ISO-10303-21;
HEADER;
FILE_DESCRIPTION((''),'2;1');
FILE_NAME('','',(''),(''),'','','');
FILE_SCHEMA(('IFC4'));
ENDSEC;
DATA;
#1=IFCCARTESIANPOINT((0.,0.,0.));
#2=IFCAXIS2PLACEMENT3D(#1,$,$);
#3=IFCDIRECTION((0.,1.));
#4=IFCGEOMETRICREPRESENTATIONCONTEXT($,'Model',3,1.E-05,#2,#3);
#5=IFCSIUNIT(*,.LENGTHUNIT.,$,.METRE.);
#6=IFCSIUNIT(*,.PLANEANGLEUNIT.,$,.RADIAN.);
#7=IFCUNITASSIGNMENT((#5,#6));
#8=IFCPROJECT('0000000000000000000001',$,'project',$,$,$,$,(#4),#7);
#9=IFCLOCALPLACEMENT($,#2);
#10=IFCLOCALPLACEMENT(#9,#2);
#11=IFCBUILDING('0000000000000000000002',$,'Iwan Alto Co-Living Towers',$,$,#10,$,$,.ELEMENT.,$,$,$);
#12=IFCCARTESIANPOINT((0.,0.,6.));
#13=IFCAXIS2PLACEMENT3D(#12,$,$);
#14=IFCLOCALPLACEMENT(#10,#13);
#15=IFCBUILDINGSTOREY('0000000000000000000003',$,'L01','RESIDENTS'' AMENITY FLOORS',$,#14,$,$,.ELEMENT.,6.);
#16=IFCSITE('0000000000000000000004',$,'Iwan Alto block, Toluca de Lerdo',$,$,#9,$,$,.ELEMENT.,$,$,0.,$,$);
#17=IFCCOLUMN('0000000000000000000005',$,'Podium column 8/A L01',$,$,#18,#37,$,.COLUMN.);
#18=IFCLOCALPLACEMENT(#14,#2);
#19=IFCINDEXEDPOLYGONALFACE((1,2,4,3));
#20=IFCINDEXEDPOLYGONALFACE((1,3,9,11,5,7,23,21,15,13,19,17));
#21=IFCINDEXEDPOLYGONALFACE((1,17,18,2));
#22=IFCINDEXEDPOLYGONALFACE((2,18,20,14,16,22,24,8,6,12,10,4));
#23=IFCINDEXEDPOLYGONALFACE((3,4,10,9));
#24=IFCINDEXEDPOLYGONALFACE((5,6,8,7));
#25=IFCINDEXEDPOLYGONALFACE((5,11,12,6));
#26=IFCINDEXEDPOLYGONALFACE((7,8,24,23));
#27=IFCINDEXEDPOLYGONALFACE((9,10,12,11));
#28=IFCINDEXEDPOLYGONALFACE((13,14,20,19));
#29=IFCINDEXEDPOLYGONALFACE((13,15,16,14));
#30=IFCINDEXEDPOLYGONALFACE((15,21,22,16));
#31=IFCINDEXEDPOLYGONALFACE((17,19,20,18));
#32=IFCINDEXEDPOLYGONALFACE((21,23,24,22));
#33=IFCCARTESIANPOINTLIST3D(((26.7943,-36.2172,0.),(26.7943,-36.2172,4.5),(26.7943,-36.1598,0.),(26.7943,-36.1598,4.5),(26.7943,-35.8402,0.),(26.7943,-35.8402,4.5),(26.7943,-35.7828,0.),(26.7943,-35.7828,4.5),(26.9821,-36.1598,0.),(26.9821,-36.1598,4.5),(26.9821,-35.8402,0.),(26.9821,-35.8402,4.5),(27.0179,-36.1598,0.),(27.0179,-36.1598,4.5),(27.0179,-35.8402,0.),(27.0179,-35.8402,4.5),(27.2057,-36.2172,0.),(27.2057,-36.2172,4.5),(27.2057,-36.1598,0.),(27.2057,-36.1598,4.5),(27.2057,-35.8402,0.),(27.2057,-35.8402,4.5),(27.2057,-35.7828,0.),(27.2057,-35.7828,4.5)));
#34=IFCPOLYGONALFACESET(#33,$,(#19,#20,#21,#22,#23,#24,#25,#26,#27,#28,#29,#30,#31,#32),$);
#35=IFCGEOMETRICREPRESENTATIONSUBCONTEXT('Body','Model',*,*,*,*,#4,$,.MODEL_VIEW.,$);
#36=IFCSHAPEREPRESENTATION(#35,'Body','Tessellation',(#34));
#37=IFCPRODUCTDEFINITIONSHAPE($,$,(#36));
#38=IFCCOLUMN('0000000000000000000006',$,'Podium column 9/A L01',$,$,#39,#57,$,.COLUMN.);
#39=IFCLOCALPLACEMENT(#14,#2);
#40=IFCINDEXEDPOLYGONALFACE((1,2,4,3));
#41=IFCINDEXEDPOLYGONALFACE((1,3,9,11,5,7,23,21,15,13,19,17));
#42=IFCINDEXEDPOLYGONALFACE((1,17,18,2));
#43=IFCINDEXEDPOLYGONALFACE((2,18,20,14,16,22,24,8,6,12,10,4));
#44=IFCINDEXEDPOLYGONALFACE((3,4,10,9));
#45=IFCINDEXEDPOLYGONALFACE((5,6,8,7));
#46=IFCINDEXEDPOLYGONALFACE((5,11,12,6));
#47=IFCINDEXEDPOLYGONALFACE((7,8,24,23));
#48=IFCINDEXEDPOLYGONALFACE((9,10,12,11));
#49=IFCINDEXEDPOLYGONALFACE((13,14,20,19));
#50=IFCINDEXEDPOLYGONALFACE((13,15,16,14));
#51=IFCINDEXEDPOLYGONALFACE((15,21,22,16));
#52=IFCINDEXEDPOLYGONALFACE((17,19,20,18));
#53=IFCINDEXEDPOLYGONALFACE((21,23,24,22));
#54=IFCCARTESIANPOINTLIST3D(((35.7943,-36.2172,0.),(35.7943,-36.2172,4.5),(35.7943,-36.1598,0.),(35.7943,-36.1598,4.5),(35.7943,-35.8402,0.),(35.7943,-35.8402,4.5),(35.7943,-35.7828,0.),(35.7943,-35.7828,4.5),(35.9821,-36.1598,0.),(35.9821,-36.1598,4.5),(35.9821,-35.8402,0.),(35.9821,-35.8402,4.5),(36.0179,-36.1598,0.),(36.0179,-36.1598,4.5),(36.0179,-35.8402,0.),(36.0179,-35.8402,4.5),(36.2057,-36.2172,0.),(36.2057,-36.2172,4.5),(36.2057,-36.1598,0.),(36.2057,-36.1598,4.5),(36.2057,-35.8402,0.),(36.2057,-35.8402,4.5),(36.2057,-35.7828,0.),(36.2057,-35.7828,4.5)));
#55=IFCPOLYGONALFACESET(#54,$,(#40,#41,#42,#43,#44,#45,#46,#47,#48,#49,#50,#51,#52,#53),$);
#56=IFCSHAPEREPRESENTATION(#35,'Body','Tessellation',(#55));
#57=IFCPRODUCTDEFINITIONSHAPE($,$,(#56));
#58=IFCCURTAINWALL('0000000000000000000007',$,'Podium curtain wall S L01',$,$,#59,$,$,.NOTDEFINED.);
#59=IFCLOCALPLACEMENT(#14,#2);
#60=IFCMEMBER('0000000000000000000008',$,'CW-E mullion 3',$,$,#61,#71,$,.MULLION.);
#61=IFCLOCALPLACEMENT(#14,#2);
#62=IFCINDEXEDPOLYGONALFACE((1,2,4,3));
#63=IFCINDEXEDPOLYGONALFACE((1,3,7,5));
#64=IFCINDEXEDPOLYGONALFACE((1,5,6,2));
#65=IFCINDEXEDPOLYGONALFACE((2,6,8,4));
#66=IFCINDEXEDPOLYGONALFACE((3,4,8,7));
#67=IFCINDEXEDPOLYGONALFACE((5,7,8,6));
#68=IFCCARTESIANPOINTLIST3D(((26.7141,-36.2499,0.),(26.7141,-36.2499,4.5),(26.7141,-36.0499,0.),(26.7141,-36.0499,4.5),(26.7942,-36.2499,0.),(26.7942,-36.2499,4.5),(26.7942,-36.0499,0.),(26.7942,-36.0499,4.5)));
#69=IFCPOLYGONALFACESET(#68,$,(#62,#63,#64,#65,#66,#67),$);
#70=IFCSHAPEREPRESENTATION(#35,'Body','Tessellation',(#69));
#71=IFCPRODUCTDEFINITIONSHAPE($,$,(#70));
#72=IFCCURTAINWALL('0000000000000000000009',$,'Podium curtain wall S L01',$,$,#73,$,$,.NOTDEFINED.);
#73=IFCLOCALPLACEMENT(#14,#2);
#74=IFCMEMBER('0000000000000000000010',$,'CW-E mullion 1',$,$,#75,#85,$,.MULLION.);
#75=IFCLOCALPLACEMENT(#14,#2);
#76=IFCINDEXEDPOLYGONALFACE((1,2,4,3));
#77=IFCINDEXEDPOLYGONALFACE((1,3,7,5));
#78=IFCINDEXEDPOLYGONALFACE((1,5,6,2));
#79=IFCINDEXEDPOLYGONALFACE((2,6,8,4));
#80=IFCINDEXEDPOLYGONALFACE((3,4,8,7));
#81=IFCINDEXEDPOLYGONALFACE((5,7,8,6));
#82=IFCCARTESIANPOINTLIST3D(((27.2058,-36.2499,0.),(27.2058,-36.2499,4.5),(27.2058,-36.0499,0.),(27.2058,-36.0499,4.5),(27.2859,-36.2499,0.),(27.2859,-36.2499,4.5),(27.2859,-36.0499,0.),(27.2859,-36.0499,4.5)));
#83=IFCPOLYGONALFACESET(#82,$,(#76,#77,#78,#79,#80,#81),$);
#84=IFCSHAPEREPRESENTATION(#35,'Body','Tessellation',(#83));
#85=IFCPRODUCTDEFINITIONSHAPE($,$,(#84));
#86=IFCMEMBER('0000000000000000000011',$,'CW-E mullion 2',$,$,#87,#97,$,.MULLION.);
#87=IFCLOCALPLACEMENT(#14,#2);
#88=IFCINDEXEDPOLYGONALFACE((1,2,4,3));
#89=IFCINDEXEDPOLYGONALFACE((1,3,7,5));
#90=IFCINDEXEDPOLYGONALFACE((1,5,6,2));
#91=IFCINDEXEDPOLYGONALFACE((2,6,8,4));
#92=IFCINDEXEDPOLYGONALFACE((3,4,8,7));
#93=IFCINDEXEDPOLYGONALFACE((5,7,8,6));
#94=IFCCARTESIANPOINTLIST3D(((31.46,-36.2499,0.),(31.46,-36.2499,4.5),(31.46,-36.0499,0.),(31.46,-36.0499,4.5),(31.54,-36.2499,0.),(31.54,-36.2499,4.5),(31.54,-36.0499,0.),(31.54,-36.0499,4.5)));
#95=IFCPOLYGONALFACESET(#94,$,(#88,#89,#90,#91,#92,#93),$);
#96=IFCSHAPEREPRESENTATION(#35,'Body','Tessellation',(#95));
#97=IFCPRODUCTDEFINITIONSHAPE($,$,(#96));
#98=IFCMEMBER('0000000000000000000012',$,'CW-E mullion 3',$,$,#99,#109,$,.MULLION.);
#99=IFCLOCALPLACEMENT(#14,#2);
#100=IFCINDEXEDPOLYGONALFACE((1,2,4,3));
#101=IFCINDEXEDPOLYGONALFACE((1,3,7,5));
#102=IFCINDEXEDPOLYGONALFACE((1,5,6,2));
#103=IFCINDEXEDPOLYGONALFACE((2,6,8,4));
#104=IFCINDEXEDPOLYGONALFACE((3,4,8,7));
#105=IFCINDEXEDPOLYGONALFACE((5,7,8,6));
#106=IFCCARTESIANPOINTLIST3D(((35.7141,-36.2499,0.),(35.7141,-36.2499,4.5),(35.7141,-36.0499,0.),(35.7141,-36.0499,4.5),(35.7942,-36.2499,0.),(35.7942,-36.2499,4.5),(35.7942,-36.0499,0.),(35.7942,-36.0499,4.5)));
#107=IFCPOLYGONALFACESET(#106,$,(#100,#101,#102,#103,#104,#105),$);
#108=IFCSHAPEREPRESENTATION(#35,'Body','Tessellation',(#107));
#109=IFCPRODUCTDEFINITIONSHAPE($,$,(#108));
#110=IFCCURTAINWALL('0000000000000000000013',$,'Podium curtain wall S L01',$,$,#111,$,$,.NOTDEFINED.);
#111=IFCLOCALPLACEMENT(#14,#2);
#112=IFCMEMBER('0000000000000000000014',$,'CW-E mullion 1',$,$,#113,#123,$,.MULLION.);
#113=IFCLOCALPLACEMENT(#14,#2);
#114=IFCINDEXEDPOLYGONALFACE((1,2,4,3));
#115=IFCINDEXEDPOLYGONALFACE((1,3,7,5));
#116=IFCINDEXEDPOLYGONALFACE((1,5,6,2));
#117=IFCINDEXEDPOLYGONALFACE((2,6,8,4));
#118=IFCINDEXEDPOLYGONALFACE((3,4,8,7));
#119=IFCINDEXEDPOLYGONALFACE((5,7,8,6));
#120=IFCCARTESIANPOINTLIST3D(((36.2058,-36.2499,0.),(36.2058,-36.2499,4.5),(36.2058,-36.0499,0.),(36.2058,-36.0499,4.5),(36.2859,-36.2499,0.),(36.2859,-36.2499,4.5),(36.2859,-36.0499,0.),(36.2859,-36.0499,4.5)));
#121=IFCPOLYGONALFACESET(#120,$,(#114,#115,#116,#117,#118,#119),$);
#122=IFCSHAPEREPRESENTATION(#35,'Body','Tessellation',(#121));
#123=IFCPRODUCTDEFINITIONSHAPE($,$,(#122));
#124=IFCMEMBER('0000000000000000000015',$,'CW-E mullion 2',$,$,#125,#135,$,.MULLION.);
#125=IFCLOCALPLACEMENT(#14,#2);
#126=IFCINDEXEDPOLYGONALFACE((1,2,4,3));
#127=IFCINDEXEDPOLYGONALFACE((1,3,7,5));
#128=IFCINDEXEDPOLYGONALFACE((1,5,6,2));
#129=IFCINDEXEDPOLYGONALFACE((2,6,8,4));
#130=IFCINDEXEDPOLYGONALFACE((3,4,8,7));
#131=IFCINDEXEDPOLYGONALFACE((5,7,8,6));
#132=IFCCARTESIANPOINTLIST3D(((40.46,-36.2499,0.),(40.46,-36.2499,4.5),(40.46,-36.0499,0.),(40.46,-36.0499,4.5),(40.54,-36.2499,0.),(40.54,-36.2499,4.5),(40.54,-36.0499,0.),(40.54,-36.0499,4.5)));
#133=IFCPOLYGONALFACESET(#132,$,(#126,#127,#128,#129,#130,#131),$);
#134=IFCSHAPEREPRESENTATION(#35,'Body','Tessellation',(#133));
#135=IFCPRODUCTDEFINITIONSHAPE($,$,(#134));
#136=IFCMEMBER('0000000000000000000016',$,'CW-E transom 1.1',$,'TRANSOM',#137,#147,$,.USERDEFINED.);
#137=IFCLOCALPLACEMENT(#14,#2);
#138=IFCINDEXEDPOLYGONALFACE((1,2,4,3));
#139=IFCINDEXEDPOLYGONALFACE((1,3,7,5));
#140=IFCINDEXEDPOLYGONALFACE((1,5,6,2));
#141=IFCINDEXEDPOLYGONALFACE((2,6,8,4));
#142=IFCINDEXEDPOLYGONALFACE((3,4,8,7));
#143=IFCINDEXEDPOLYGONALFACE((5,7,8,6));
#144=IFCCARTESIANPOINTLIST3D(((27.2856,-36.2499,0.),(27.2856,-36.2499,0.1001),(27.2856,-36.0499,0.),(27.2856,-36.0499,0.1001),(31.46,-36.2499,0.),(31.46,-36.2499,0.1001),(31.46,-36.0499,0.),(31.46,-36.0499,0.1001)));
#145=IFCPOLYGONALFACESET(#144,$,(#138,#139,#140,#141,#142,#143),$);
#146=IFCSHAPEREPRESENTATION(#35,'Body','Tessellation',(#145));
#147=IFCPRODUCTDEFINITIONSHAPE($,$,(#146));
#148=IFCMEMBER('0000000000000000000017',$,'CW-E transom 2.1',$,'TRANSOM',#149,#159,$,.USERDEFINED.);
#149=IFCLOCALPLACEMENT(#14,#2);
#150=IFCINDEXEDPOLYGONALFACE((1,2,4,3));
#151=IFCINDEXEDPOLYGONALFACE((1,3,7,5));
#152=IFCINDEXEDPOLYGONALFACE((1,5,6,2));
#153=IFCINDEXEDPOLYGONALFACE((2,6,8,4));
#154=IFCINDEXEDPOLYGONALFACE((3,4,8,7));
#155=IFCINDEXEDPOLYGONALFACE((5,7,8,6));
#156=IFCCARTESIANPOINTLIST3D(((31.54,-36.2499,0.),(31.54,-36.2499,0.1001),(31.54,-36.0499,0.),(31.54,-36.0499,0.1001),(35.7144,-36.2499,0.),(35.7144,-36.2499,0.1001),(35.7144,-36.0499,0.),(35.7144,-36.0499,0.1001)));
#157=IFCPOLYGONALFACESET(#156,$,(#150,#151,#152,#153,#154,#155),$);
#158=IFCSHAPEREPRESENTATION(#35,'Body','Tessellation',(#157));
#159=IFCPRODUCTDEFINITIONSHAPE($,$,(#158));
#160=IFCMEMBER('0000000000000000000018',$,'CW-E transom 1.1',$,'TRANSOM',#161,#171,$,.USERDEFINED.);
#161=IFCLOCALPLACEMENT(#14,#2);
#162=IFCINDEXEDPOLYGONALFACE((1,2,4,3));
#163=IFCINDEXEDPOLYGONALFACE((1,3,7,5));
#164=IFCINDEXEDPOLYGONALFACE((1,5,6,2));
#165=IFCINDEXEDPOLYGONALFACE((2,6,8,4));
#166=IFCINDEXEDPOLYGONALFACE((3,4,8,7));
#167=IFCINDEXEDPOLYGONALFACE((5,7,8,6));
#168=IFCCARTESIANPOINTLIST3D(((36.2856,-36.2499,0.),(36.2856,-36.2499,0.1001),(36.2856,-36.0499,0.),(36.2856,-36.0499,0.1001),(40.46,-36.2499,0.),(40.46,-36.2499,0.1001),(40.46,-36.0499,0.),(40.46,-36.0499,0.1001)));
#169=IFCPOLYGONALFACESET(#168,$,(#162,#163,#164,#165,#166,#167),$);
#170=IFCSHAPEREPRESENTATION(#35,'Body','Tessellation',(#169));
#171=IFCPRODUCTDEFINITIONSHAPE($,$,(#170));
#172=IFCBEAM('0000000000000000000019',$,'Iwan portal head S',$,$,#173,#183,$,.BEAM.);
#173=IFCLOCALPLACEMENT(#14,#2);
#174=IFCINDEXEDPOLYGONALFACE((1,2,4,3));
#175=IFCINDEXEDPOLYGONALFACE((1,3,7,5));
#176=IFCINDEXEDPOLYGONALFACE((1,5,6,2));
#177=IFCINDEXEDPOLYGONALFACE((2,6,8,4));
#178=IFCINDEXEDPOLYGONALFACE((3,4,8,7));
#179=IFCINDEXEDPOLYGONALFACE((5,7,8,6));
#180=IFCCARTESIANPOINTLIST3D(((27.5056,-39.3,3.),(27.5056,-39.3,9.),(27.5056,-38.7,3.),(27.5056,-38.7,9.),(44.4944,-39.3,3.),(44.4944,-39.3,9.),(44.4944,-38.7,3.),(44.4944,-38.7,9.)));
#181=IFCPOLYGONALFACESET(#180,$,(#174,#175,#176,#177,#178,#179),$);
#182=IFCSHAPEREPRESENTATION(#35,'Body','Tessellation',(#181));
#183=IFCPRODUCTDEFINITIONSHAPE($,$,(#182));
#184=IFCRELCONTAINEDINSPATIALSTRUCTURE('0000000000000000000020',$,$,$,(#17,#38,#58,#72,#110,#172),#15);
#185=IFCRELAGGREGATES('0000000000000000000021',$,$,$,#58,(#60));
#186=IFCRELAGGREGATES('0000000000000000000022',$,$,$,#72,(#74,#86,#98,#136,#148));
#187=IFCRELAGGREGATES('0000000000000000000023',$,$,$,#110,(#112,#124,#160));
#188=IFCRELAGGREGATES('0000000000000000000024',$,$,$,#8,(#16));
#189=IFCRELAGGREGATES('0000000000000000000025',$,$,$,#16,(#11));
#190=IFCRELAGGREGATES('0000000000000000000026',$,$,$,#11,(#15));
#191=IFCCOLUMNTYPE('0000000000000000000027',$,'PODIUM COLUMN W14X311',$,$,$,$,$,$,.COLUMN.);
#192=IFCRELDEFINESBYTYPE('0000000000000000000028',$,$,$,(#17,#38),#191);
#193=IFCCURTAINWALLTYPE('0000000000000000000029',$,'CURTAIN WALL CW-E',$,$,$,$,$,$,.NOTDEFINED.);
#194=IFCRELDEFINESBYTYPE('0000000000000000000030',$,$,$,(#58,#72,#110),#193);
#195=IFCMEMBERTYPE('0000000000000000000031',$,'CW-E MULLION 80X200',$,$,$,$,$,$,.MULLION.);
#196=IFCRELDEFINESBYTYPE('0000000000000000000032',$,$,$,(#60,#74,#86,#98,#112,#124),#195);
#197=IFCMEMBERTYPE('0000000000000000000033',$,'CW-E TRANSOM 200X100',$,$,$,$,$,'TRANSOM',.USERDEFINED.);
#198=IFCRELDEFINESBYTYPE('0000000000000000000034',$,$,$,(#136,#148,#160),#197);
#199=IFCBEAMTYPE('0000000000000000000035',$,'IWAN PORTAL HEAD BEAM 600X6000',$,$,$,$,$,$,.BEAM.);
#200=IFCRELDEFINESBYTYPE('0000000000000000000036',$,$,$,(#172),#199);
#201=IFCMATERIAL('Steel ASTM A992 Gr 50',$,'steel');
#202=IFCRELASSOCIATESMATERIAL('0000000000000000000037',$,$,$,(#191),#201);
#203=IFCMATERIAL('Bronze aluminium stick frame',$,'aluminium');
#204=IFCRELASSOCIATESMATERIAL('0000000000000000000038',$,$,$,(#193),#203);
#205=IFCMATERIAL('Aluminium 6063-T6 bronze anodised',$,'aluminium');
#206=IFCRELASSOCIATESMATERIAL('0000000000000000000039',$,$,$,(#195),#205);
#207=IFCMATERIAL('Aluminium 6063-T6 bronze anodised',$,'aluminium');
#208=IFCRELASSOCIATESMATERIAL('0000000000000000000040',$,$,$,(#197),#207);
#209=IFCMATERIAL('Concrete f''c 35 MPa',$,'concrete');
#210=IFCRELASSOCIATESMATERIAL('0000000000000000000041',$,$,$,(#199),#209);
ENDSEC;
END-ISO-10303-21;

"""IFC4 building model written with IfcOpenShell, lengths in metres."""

from ifc_helpers import new_model, si_unit, direction, frame, origin, origin_2d, place, context, subcontext, project, spatial, rectangle, i_section, extrude, material, material_profile, profile_set, type_object, element, aggregate, save


model = new_model("IFC4")

# Units and contexts
model_context = context("Model", 3, precision=1e-05, world=origin(), true_north=direction((0.0, 1.0)))
body_context = subcontext(model_context, "Body", "Model", "MODEL_VIEW")
ifc_project = project(units=[si_unit("LENGTHUNIT", "METRE"), si_unit("PLANEANGLEUNIT", "RADIAN")], contexts=[model_context])

# Site, building, storey
site_placement = place(None, origin())
site = spatial("IfcSite", under=ifc_project, at=site_placement, Name="Iwan Alto block, Toluca de Lerdo", CompositionType="ELEMENT", RefElevation=0.0)
building_placement = place(site_placement, origin())
building = spatial("IfcBuilding", under=site, at=building_placement, Name="Iwan Alto Co-Living Towers", CompositionType="ELEMENT")
storey_placement = place(building_placement, frame((0.0, 0.0, 6.0)))
storey = spatial("IfcBuildingStorey", under=building, at=storey_placement, Name="L01", Description="RESIDENTS' AMENITY FLOORS", CompositionType="ELEMENT", Elevation=6.0)

# Columns
ifc_material_1 = material(Name="Steel ASTM A992 Gr 50", Category="steel")
ifc_material_profile_1 = material_profile(ifc_material_1, i_section(OverallWidth=0.4114, OverallDepth=0.4343, WebThickness=0.0359, FlangeThickness=0.0574, at=origin_2d()), Name="W14X311")
ifc_profile_set_1 = profile_set([ifc_material_profile_1], Name="Steel ASTM A992 Gr 50")
column_type = type_object("IfcColumnType", Name="PODIUM COLUMN W14X311", PredefinedType="COLUMN", material=ifc_profile_set_1)
for number, where, z_axis, x_axis, name in (
    (1, (27.0, -36.0, 0.0), (0.0, 0.0, 1.0), (1.0, 0.0, 0.0), "Podium column 8/A L01"),
    (2, (36.0, -36.0, 0.0), (0.0, 0.0, 1.0), (1.0, 0.0, 0.0), "Podium column 9/A L01"),
):
    element("IfcColumn", number, at=place(storey_placement, frame(where, z_axis=z_axis, x_axis=x_axis)), inside=storey, type_object=column_type, Name=name, PredefinedType="COLUMN", context=body_context, shape_type="SweptSolid", body=[
        extrude(i_section(OverallWidth=0.4114, OverallDepth=0.4343, WebThickness=0.0359, FlangeThickness=0.0574, at=origin_2d()), origin(), (0.0, 0.0, 1.0), 4.5),
    ])

# Curtain wall, member
ifc_material_2 = material(Name="Bronze aluminium stick frame", Category="aluminium")
curtain_wall_type = type_object("IfcCurtainWallType", Name="CURTAIN WALL CW-E", PredefinedType="NOTDEFINED", material=ifc_material_2)
curtain_wall_1_placement = place(storey_placement, origin())
curtain_wall_1 = element("IfcCurtainWall", 3, at=curtain_wall_1_placement, inside=storey, type_object=curtain_wall_type, Name="Podium curtain wall S L01", PredefinedType="NOTDEFINED")
ifc_material_3 = material(Name="Aluminium 6063-T6 bronze anodised", Category="aluminium")
ifc_material_profile_2 = material_profile(ifc_material_3, rectangle(XDim=0.2, YDim=0.0801, at=origin_2d()), Name="AL 80X200")
ifc_profile_set_2 = profile_set([ifc_material_profile_2], Name="Aluminium 6063-T6 bronze anodised")
member_type_1 = type_object("IfcMemberType", Name="CW-E MULLION 80X200", PredefinedType="MULLION", material=ifc_profile_set_2)
member_1_placement = place(storey_placement, frame((26.7542, -36.1499, 0.0), z_axis=(0.0, 0.0, 1.0), x_axis=(0.0, 1.0, 0.0)))
member_1 = element("IfcMember", 4, at=member_1_placement, type_object=member_type_1, Name="CW-E mullion 3", PredefinedType="MULLION", context=body_context, shape_type="SweptSolid", body=[
    extrude(rectangle(XDim=0.2, YDim=0.0801, at=origin_2d()), origin(), (0.0, 0.0, 1.0), 4.5),
])

# Curtain walls, members
curtain_wall_2_placement = place(storey_placement, origin())
curtain_wall_2 = element("IfcCurtainWall", 5, at=curtain_wall_2_placement, inside=storey, type_object=curtain_wall_type, Name="Podium curtain wall S L01", PredefinedType="NOTDEFINED")
member_2_placement = place(storey_placement, frame((27.2458, -36.1499, 0.0), z_axis=(0.0, 0.0, 1.0), x_axis=(0.0, 1.0, 0.0)))
member_2 = element("IfcMember", 6, at=member_2_placement, type_object=member_type_1, Name="CW-E mullion 1", PredefinedType="MULLION", context=body_context, shape_type="SweptSolid", body=[
    extrude(rectangle(XDim=0.2, YDim=0.0801, at=origin_2d()), origin(), (0.0, 0.0, 1.0), 4.5),
])
member_3_placement = place(storey_placement, frame((31.5, -36.1499, 0.0), z_axis=(0.0, 0.0, 1.0), x_axis=(0.0, 1.0, 0.0)))
member_3 = element("IfcMember", 7, at=member_3_placement, type_object=member_type_1, Name="CW-E mullion 2", PredefinedType="MULLION", context=body_context, shape_type="SweptSolid", body=[
    extrude(rectangle(XDim=0.2, YDim=0.0801, at=origin_2d()), origin(), (0.0, 0.0, 1.0), 4.5),
])
member_4_placement = place(storey_placement, frame((35.7542, -36.1499, 0.0), z_axis=(0.0, 0.0, 1.0), x_axis=(0.0, 1.0, 0.0)))
member_4 = element("IfcMember", 8, at=member_4_placement, type_object=member_type_1, Name="CW-E mullion 3", PredefinedType="MULLION", context=body_context, shape_type="SweptSolid", body=[
    extrude(rectangle(XDim=0.2, YDim=0.0801, at=origin_2d()), origin(), (0.0, 0.0, 1.0), 4.5),
])
curtain_wall_3_placement = place(storey_placement, origin())
curtain_wall_3 = element("IfcCurtainWall", 9, at=curtain_wall_3_placement, inside=storey, type_object=curtain_wall_type, Name="Podium curtain wall S L01", PredefinedType="NOTDEFINED")
member_5_placement = place(storey_placement, frame((36.2458, -36.1499, 0.0), z_axis=(0.0, 0.0, 1.0), x_axis=(0.0, 1.0, 0.0)))
member_5 = element("IfcMember", 10, at=member_5_placement, type_object=member_type_1, Name="CW-E mullion 1", PredefinedType="MULLION", context=body_context, shape_type="SweptSolid", body=[
    extrude(rectangle(XDim=0.2, YDim=0.0801, at=origin_2d()), origin(), (0.0, 0.0, 1.0), 4.5),
])
member_6_placement = place(storey_placement, frame((40.5, -36.1499, 0.0), z_axis=(0.0, 0.0, 1.0), x_axis=(0.0, 1.0, 0.0)))
member_6 = element("IfcMember", 11, at=member_6_placement, type_object=member_type_1, Name="CW-E mullion 2", PredefinedType="MULLION", context=body_context, shape_type="SweptSolid", body=[
    extrude(rectangle(XDim=0.2, YDim=0.0801, at=origin_2d()), origin(), (0.0, 0.0, 1.0), 4.5),
])

# Members
ifc_material_4 = material(Name="Aluminium 6063-T6 bronze anodised", Category="aluminium")
ifc_material_profile_3 = material_profile(ifc_material_4, rectangle(XDim=0.2, YDim=0.1001, at=origin_2d()), Name="AL 200X100")
ifc_profile_set_3 = profile_set([ifc_material_profile_3], Name="Aluminium 6063-T6 bronze anodised")
member_type_2 = type_object("IfcMemberType", Name="CW-E TRANSOM 200X100", ElementType="TRANSOM", PredefinedType="USERDEFINED", material=ifc_profile_set_3)
member_7_placement = place(storey_placement, frame((27.2856, -36.1499, 0.05), z_axis=(1.0, 0.0, 0.0), x_axis=(0.0, 1.0, 0.0)))
member_7 = element("IfcMember", 12, at=member_7_placement, type_object=member_type_2, Name="CW-E transom 1.1", ObjectType="TRANSOM", PredefinedType="USERDEFINED", context=body_context, shape_type="SweptSolid", body=[
    extrude(rectangle(XDim=0.2, YDim=0.1001, at=origin_2d()), origin(), (0.0, 0.0, 1.0), 4.1743),
])
member_8_placement = place(storey_placement, frame((31.54, -36.1499, 0.05), z_axis=(1.0, 0.0, 0.0), x_axis=(0.0, 1.0, 0.0)))
member_8 = element("IfcMember", 13, at=member_8_placement, type_object=member_type_2, Name="CW-E transom 2.1", ObjectType="TRANSOM", PredefinedType="USERDEFINED", context=body_context, shape_type="SweptSolid", body=[
    extrude(rectangle(XDim=0.2, YDim=0.1001, at=origin_2d()), origin(), (0.0, 0.0, 1.0), 4.1743),
])
member_9_placement = place(storey_placement, frame((36.2856, -36.1499, 0.05), z_axis=(1.0, 0.0, 0.0), x_axis=(0.0, 1.0, 0.0)))
member_9 = element("IfcMember", 14, at=member_9_placement, type_object=member_type_2, Name="CW-E transom 1.1", ObjectType="TRANSOM", PredefinedType="USERDEFINED", context=body_context, shape_type="SweptSolid", body=[
    extrude(rectangle(XDim=0.2, YDim=0.1001, at=origin_2d()), origin(), (0.0, 0.0, 1.0), 4.1743),
])

# Beam
ifc_material_5 = material(Name="Concrete f'c 35 MPa", Category="concrete")
ifc_material_profile_4 = material_profile(ifc_material_5, rectangle(XDim=0.6001, YDim=6.0, at=origin_2d()), Name="RC 600X6000")
ifc_material_6 = material(Name="Glazed fired clay brick facing", Category="masonry")
ifc_material_profile_5 = material_profile(ifc_material_6, rectangle(XDim=0.6001, YDim=6.0, at=origin_2d()), Name="Glazed brick facing", Category="Finish")
ifc_profile_set_4 = profile_set([ifc_material_profile_4, ifc_material_profile_5], Name="Concrete f'c 35 MPa")
beam_type_1 = type_object("IfcBeamType", Name="IWAN PORTAL HEAD BEAM 600X6000", PredefinedType="BEAM", material=ifc_profile_set_4)
beam_1_placement = place(storey_placement, frame((27.5056, -39.0, 6.0), z_axis=(1.0, 0.0, 0.0), x_axis=(0.0, 1.0, 0.0)))
element("IfcBeam", 15, at=beam_1_placement, inside=storey, type_object=beam_type_1, Name="Iwan portal head S", PredefinedType="BEAM", context=body_context, shape_type="SweptSolid", body=[
    extrude(rectangle(XDim=0.6001, YDim=6.0, at=origin_2d()), origin(), (0.0, 0.0, 1.0), 16.9888),
])

aggregate(curtain_wall_1, [member_1])
aggregate(curtain_wall_2, [member_2, member_3, member_4, member_7, member_8])
aggregate(curtain_wall_3, [member_5, member_6, member_9])

save(model, "model.ifc")
